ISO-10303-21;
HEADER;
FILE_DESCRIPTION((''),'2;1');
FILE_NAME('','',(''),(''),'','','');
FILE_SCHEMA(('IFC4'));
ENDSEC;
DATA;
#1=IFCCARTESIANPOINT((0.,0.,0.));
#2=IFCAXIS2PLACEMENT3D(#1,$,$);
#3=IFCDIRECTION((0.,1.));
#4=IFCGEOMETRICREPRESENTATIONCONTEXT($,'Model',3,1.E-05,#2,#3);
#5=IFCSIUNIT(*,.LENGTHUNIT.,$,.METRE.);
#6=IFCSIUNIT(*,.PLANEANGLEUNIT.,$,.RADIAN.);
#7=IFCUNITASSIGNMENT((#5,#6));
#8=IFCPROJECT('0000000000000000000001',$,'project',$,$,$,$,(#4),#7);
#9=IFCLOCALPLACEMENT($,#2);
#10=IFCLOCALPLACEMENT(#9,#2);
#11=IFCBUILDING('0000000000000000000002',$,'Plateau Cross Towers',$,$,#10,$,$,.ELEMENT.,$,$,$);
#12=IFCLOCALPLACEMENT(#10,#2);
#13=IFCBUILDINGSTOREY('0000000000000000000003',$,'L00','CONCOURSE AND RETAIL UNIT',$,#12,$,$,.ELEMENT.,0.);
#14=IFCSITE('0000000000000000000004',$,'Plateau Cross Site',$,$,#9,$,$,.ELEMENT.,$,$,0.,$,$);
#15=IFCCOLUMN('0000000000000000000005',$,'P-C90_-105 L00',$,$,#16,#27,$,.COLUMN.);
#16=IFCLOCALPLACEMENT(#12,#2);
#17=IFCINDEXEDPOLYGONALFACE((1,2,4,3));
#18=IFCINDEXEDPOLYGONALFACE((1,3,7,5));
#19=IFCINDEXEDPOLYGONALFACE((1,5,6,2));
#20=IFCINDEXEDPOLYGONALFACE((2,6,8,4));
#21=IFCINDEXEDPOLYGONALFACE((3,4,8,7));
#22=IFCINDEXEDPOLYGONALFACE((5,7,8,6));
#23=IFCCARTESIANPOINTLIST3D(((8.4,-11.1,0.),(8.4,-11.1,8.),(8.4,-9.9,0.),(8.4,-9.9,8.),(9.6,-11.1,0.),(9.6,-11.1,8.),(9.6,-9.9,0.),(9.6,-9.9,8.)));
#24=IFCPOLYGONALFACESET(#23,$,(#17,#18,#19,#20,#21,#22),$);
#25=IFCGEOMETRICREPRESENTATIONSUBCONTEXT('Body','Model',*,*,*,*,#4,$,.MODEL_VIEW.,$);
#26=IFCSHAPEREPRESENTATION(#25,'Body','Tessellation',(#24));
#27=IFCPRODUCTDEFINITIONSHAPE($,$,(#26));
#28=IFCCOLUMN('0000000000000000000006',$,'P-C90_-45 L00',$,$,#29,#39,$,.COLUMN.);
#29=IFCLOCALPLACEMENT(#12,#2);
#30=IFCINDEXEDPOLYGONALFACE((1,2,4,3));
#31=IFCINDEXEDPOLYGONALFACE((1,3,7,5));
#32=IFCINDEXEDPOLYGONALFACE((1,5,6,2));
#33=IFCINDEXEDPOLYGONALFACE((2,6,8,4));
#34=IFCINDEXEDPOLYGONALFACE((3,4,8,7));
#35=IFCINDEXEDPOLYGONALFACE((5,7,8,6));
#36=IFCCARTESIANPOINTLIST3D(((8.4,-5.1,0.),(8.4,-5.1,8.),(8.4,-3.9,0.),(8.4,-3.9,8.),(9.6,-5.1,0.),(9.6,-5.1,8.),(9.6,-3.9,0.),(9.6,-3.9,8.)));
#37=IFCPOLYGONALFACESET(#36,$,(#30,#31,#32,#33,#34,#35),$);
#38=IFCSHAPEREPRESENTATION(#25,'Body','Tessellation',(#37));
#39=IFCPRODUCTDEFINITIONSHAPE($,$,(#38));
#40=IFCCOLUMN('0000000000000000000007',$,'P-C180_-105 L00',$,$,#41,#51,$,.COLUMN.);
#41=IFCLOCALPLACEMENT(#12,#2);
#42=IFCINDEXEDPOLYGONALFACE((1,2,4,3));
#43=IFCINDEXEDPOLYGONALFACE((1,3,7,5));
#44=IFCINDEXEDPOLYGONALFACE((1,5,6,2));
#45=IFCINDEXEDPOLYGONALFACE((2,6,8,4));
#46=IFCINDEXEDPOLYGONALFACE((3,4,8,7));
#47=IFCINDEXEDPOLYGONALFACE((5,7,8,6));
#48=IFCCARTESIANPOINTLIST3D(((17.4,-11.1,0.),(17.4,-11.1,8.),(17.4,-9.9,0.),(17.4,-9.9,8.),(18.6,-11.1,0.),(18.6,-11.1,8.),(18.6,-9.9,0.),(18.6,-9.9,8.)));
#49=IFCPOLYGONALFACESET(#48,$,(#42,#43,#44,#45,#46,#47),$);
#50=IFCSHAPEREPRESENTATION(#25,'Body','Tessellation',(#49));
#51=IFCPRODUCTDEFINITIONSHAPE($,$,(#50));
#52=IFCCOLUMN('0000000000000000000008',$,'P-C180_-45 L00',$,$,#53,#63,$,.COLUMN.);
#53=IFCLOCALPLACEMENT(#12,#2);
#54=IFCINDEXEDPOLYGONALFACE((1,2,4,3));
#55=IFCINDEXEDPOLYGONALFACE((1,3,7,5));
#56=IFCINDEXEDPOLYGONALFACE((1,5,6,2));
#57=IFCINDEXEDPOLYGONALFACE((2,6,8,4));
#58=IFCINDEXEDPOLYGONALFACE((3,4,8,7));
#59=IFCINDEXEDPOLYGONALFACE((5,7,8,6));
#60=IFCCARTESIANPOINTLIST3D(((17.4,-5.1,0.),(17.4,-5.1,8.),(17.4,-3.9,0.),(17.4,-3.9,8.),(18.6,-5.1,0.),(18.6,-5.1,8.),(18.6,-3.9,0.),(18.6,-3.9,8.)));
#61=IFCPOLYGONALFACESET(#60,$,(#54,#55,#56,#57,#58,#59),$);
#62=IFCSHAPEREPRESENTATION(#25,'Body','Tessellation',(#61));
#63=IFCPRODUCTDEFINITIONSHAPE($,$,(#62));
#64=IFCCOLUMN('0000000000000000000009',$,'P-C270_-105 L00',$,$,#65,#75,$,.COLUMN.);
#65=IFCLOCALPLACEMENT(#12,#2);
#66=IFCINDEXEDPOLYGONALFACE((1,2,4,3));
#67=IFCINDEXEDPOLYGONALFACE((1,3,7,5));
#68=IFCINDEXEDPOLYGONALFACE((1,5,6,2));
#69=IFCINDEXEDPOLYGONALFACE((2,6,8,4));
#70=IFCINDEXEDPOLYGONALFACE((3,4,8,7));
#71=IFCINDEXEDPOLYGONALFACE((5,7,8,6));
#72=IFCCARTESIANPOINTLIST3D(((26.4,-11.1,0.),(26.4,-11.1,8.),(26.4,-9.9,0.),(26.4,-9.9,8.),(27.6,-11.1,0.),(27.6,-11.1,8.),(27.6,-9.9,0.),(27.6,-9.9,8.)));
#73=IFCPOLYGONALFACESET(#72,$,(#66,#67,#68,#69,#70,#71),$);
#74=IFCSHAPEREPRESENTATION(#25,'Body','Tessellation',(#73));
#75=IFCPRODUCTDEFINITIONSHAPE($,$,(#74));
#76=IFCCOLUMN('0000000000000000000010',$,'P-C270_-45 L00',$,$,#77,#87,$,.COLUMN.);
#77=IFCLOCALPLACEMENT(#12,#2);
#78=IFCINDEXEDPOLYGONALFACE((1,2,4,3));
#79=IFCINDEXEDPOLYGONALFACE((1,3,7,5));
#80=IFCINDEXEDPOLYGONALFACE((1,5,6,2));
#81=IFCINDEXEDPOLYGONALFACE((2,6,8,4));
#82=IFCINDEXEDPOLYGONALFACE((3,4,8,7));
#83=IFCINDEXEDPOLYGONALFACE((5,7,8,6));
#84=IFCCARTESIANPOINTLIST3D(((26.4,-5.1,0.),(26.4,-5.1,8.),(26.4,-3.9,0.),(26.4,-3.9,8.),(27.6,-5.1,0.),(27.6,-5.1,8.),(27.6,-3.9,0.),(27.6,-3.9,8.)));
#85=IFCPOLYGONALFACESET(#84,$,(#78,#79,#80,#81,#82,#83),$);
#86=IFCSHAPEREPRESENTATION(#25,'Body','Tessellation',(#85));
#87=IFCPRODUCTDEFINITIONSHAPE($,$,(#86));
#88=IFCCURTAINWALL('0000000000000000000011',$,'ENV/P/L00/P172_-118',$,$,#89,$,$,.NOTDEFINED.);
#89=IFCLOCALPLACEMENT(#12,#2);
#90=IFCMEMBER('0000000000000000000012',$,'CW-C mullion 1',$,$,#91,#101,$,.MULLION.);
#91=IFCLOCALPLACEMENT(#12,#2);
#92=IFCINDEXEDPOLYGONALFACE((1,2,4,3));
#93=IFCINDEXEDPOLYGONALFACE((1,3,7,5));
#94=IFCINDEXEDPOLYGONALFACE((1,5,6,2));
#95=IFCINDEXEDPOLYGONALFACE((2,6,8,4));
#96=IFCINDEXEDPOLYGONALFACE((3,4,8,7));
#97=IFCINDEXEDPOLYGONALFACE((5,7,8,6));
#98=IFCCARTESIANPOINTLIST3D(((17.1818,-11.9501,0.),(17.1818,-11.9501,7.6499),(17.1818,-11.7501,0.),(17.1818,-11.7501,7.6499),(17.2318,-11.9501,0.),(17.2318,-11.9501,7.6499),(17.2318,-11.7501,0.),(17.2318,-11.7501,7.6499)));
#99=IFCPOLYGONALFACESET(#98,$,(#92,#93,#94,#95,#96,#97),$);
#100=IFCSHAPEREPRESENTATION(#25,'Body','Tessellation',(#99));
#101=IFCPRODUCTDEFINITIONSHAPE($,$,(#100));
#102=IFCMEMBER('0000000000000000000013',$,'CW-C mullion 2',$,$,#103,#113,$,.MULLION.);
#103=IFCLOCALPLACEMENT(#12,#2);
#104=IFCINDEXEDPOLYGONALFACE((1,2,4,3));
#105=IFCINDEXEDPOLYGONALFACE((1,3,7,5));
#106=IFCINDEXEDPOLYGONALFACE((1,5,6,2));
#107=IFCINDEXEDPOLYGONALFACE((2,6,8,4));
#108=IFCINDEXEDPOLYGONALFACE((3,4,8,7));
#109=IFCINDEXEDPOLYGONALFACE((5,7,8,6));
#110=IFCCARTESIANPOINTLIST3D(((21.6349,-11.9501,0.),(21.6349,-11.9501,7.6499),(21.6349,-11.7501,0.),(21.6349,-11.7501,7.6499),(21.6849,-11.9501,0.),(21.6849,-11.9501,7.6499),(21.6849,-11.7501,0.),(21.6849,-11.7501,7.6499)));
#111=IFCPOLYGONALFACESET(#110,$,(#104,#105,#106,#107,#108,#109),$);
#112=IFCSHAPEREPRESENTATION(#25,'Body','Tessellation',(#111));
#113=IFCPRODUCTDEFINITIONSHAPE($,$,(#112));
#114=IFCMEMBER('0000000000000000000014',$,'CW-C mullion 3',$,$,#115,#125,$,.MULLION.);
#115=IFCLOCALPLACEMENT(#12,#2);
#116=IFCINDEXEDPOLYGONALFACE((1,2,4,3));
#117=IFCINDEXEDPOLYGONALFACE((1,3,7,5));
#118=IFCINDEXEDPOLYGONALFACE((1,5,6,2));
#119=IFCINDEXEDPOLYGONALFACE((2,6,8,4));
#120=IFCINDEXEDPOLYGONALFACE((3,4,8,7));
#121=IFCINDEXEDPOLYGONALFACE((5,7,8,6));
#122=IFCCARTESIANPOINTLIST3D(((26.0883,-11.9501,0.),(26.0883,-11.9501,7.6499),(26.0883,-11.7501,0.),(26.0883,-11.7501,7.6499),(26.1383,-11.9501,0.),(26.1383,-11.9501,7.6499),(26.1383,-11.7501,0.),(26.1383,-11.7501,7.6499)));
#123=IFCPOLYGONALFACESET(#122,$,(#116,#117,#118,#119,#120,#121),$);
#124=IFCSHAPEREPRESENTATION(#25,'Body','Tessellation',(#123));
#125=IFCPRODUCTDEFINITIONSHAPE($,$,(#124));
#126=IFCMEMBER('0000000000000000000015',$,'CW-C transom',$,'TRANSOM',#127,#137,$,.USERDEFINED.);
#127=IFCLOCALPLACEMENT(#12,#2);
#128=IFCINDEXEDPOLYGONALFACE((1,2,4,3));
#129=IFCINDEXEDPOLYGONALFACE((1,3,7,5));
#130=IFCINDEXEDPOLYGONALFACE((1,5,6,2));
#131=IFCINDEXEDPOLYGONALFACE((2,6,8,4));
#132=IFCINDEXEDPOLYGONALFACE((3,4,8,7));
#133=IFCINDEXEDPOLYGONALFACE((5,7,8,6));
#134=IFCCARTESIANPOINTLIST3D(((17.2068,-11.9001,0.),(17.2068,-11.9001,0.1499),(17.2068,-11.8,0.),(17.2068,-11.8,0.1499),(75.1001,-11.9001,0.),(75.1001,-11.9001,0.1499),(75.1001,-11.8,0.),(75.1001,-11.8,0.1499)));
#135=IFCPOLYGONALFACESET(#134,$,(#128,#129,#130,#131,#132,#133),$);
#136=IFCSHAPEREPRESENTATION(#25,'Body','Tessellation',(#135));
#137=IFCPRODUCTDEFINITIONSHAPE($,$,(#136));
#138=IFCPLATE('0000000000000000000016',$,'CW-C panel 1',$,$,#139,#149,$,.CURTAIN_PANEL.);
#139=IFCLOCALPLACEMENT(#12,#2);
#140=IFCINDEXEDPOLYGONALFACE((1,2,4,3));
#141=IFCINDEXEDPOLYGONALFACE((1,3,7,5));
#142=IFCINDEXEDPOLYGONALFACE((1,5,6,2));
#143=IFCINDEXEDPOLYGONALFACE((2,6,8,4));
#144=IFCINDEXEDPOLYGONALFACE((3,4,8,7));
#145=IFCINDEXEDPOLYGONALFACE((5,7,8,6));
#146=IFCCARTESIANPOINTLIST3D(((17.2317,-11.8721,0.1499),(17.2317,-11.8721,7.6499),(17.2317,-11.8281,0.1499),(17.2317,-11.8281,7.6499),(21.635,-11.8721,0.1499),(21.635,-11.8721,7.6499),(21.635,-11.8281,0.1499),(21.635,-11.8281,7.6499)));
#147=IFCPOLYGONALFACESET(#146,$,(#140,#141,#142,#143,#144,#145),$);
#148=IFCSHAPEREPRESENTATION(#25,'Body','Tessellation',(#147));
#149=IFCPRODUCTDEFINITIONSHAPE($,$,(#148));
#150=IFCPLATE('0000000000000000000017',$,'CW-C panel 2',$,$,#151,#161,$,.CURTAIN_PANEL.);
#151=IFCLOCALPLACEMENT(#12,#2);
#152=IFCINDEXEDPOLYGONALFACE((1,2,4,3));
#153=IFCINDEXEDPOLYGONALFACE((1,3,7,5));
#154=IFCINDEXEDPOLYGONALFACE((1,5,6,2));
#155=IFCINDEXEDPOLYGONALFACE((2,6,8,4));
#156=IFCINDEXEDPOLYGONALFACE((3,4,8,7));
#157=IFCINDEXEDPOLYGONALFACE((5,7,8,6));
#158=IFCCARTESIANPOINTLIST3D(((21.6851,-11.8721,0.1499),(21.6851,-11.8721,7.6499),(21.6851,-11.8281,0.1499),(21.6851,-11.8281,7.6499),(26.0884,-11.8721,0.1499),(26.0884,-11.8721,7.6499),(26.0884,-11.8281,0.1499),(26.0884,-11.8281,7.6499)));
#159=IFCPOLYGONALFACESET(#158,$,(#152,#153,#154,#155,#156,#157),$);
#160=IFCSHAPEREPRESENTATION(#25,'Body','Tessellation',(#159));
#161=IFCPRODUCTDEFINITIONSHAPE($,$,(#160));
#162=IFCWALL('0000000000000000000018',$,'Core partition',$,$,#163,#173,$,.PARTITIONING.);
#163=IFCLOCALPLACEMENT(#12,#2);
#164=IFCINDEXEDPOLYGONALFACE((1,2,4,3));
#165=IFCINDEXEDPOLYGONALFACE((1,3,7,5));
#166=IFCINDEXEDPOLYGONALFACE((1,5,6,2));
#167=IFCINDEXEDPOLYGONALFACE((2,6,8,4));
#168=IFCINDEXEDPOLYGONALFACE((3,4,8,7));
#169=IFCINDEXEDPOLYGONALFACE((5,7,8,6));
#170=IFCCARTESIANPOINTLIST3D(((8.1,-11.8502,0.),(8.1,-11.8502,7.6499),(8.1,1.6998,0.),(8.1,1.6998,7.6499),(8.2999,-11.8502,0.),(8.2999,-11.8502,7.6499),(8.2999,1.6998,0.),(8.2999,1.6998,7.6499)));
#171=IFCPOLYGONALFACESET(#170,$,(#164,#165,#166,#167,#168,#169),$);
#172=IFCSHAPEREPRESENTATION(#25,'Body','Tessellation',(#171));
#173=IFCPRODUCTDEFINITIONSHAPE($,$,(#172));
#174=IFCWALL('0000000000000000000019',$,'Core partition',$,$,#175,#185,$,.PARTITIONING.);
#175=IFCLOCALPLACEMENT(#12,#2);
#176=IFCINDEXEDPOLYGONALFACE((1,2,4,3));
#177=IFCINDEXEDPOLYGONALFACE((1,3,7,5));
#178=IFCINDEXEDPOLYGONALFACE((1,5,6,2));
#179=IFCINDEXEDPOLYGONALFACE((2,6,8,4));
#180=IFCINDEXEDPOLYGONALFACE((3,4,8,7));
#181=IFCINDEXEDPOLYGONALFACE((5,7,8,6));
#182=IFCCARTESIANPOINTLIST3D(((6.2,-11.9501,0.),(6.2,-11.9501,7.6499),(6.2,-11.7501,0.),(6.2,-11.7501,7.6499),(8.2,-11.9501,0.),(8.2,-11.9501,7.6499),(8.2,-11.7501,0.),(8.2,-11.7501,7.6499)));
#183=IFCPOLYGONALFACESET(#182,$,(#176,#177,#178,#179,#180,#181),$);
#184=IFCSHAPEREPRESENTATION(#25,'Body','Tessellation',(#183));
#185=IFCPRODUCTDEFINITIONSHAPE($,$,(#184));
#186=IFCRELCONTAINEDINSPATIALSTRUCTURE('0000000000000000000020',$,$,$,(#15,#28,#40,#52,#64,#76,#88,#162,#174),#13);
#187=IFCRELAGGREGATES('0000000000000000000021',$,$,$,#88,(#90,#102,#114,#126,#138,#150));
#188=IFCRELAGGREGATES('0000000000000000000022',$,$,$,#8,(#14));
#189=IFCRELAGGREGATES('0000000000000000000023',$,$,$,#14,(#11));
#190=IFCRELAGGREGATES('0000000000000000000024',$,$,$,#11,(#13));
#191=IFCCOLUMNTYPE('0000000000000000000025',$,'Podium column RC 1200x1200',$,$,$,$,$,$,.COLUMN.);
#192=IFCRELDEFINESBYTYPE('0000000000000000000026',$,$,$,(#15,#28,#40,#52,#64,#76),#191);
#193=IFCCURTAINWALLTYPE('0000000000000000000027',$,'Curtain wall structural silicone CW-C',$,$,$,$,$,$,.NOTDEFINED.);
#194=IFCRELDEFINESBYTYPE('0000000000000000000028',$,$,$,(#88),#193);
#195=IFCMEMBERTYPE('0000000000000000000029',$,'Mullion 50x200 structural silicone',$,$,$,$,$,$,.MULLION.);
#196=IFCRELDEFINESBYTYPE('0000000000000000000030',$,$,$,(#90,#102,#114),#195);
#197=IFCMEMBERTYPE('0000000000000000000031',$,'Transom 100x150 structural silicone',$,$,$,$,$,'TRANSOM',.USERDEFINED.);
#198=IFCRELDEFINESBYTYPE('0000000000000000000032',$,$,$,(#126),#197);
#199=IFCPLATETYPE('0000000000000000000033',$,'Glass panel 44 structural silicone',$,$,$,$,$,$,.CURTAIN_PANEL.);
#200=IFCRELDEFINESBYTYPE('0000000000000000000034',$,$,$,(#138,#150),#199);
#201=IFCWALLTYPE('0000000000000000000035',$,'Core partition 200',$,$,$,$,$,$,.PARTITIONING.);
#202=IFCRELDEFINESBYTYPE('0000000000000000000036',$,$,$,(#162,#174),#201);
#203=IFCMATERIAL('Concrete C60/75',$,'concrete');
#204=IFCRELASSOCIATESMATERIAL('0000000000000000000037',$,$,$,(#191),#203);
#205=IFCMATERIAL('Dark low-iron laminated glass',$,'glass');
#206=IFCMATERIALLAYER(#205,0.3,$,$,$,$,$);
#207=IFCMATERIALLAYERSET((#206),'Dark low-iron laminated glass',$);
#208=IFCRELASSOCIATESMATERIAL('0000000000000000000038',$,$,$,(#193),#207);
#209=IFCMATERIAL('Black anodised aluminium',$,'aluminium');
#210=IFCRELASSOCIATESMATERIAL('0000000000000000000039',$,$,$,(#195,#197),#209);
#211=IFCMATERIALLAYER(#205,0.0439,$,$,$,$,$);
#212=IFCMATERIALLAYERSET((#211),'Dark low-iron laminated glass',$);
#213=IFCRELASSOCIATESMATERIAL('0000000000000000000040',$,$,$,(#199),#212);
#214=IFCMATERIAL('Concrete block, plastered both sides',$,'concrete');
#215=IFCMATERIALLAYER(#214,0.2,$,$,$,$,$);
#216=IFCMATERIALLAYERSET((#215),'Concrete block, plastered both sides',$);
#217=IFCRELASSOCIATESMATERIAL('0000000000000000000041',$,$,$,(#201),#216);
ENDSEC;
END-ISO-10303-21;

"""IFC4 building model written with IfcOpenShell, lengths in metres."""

from ifc_helpers import new_model, si_unit, direction, frame, frame_2d, origin, origin_2d, place, context, subcontext, project, spatial, rectangle, extrude, material, layer, layer_set, material_profile, profile_set, type_object, element, aggregate, save


model = new_model("IFC4")

# Units and contexts
model_context = context("Model", 3, precision=1e-05, world=origin(), true_north=direction((0.0, 1.0)))
body_context = subcontext(model_context, "Body", "Model", "MODEL_VIEW")
ifc_project = project(units=[si_unit("LENGTHUNIT", "METRE"), si_unit("PLANEANGLEUNIT", "RADIAN")], contexts=[model_context])

# Site, building, storey
site_placement = place(None, origin())
site = spatial("IfcSite", under=ifc_project, at=site_placement, Name="Plateau Cross Site", CompositionType="ELEMENT", RefElevation=0.0)
building_placement = place(site_placement, origin())
building = spatial("IfcBuilding", under=site, at=building_placement, Name="Plateau Cross Towers", CompositionType="ELEMENT")
storey_placement = place(building_placement, origin())
storey = spatial("IfcBuildingStorey", under=building, at=storey_placement, Name="L00", Description="CONCOURSE AND RETAIL UNIT", CompositionType="ELEMENT", Elevation=0.0)

# Columns
ifc_material_1 = material(Name="Concrete C60/75", Category="concrete")
ifc_material_profile_1 = material_profile(ifc_material_1, rectangle(XDim=1.2, YDim=1.2, at=origin_2d()), Name="RC 1200x1200")
ifc_profile_set_1 = profile_set([ifc_material_profile_1], Name="Concrete C60/75")
column_type = type_object("IfcColumnType", Name="Podium column RC 1200x1200", PredefinedType="COLUMN", material=ifc_profile_set_1)
for number, where, z_axis, x_axis, name in (
    (1, (9.0, -10.5, 0.0), (0.0, 0.0, 1.0), (1.0, 0.0, 0.0), "P-C90_-105 L00"),
    (2, (9.0, -4.5, 0.0), (0.0, 0.0, 1.0), (1.0, 0.0, 0.0), "P-C90_-45 L00"),
    (3, (18.0, -10.5, 0.0), (0.0, 0.0, 1.0), (1.0, 0.0, 0.0), "P-C180_-105 L00"),
    (4, (18.0, -4.5, 0.0), (0.0, 0.0, 1.0), (1.0, 0.0, 0.0), "P-C180_-45 L00"),
    (5, (27.0, -10.5, 0.0), (0.0, 0.0, 1.0), (1.0, 0.0, 0.0), "P-C270_-105 L00"),
    (6, (27.0, -4.5, 0.0), (0.0, 0.0, 1.0), (1.0, 0.0, 0.0), "P-C270_-45 L00"),
):
    element("IfcColumn", number, at=place(storey_placement, frame(where, z_axis=z_axis, x_axis=x_axis)), inside=storey, type_object=column_type, Name=name, PredefinedType="COLUMN", context=body_context, shape_type="SweptSolid", body=[
        extrude(rectangle(XDim=1.2, YDim=1.2, at=origin_2d()), origin(), (0.0, 0.0, 1.0), 8.0),
    ])

# Curtain wall, members, plates
ifc_material_2 = material(Name="Dark low-iron laminated glass", Category="glass")
ifc_layer_1 = layer(ifc_material_2, 0.3)
ifc_layer_set_1 = layer_set([ifc_layer_1], Name="Dark low-iron laminated glass")
curtain_wall_type = type_object("IfcCurtainWallType", Name="Curtain wall structural silicone CW-C", PredefinedType="NOTDEFINED", material=ifc_layer_set_1)
curtain_wall_placement = place(storey_placement, origin())
curtain_wall = element("IfcCurtainWall", 7, at=curtain_wall_placement, inside=storey, type_object=curtain_wall_type, Name="ENV/P/L00/P172_-118", PredefinedType="NOTDEFINED")
ifc_material_3 = material(Name="Black anodised aluminium", Category="aluminium")
ifc_material_profile_2 = material_profile(ifc_material_3, rectangle(XDim=0.05, YDim=0.2, at=origin_2d()), Name="MULLION 50x200")
ifc_profile_set_2 = profile_set([ifc_material_profile_2], Name="Black anodised aluminium")
member_type_1 = type_object("IfcMemberType", Name="Mullion 50x200 structural silicone", PredefinedType="MULLION", material=ifc_profile_set_2)
member_1_placement = place(storey_placement, frame((17.2068, -11.8501, 0.0), z_axis=(0.0, 0.0, 1.0), x_axis=(1.0, 0.0, 0.0)))
member_1 = element("IfcMember", 8, at=member_1_placement, type_object=member_type_1, Name="CW-C mullion 1", PredefinedType="MULLION", context=body_context, shape_type="SweptSolid", body=[
    extrude(rectangle(XDim=0.05, YDim=0.2, at=origin_2d()), origin(), (0.0, 0.0, 1.0), 7.6499),
])
member_2_placement = place(storey_placement, frame((21.6599, -11.8501, 0.0), z_axis=(0.0, 0.0, 1.0), x_axis=(1.0, 0.0, 0.0)))
member_2 = element("IfcMember", 9, at=member_2_placement, type_object=member_type_1, Name="CW-C mullion 2", PredefinedType="MULLION", context=body_context, shape_type="SweptSolid", body=[
    extrude(rectangle(XDim=0.05, YDim=0.2, at=origin_2d()), origin(), (0.0, 0.0, 1.0), 7.6499),
])
member_3_placement = place(storey_placement, frame((26.1133, -11.8501, 0.0), z_axis=(0.0, 0.0, 1.0), x_axis=(1.0, 0.0, 0.0)))
member_3 = element("IfcMember", 10, at=member_3_placement, type_object=member_type_1, Name="CW-C mullion 3", PredefinedType="MULLION", context=body_context, shape_type="SweptSolid", body=[
    extrude(rectangle(XDim=0.05, YDim=0.2, at=origin_2d()), origin(), (0.0, 0.0, 1.0), 7.6499),
])
ifc_material_profile_3 = material_profile(ifc_material_3, rectangle(XDim=0.1001, YDim=0.1499, at=origin_2d()), Name="TRANSOM 100x150")
ifc_profile_set_3 = profile_set([ifc_material_profile_3], Name="Black anodised aluminium")
member_type_2 = type_object("IfcMemberType", Name="Transom 100x150 structural silicone", ElementType="TRANSOM", PredefinedType="USERDEFINED", material=ifc_profile_set_3)
member_4_placement = place(storey_placement, frame((17.2068, -11.8501, 0.075), z_axis=(1.0, 0.0, 0.0), x_axis=(0.0, 1.0, 0.0)))
member_4 = element("IfcMember", 11, at=member_4_placement, type_object=member_type_2, Name="CW-C transom", ObjectType="TRANSOM", PredefinedType="USERDEFINED", context=body_context, shape_type="SweptSolid", body=[
    extrude(rectangle(XDim=0.1001, YDim=0.1499, at=origin_2d()), origin(), (0.0, 0.0, 1.0), 57.8933),
])
ifc_layer_2 = layer(ifc_material_2, 0.0439)
ifc_layer_set_2 = layer_set([ifc_layer_2], Name="Dark low-iron laminated glass")
plate_type = type_object("IfcPlateType", Name="Glass panel 44 structural silicone", PredefinedType="CURTAIN_PANEL", material=ifc_layer_set_2)
plate_1_placement = place(storey_placement, frame((19.4333, -11.8501, 0.1499), z_axis=(0.0, 0.0, 1.0), x_axis=(1.0, 0.0, 0.0)))
plate_1 = element("IfcPlate", 12, at=plate_1_placement, type_object=plate_type, Name="CW-C panel 1", PredefinedType="CURTAIN_PANEL", context=body_context, shape_type="SweptSolid", body=[
    extrude(rectangle(XDim=4.4033, YDim=0.0439, at=origin_2d()), origin(), (0.0, 0.0, 1.0), 7.5),
])
plate_2_placement = place(storey_placement, frame((23.8867, -11.8501, 0.1499), z_axis=(0.0, 0.0, 1.0), x_axis=(1.0, 0.0, 0.0)))
plate_2 = element("IfcPlate", 13, at=plate_2_placement, type_object=plate_type, Name="CW-C panel 2", PredefinedType="CURTAIN_PANEL", context=body_context, shape_type="SweptSolid", body=[
    extrude(rectangle(XDim=4.4033, YDim=0.0439, at=origin_2d()), origin(), (0.0, 0.0, 1.0), 7.5),
])
aggregate(curtain_wall, [member_1, member_2, member_3, member_4, plate_1, plate_2])

# Walls
ifc_material_4 = material(Name="Concrete block, plastered both sides", Category="concrete")
ifc_layer_3 = layer(ifc_material_4, 0.2)
ifc_layer_set_3 = layer_set([ifc_layer_3], Name="Concrete block, plastered both sides")
wall_type_1 = type_object("IfcWallType", Name="Core partition 200", PredefinedType="PARTITIONING", material=ifc_layer_set_3)
wall_1_placement = place(storey_placement, frame((8.2, -11.8501, 0.0), z_axis=(0.0, 0.0, 1.0), x_axis=(0.0, 1.0, 0.0)))
element("IfcWall", 14, at=wall_1_placement, inside=storey, type_object=wall_type_1, Name="Core partition", PredefinedType="PARTITIONING", context=body_context, shape_type="SweptSolid", body=[
    extrude(rectangle(XDim=13.55, YDim=0.2, at=frame_2d((6.7749, 0.0))), origin(), (0.0, 0.0, 1.0), 7.6499),
])
wall_2_placement = place(storey_placement, frame((6.2, -11.8501, 0.0), z_axis=(0.0, 0.0, 1.0), x_axis=(1.0, 0.0, 0.0)))
element("IfcWall", 15, at=wall_2_placement, inside=storey, type_object=wall_type_1, Name="Core partition", PredefinedType="PARTITIONING", context=body_context, shape_type="SweptSolid", body=[
    extrude(rectangle(XDim=2.0, YDim=0.2, at=frame_2d((1.0, 0.0))), origin(), (0.0, 0.0, 1.0), 7.6499),
])

save(model, "model.ifc")
